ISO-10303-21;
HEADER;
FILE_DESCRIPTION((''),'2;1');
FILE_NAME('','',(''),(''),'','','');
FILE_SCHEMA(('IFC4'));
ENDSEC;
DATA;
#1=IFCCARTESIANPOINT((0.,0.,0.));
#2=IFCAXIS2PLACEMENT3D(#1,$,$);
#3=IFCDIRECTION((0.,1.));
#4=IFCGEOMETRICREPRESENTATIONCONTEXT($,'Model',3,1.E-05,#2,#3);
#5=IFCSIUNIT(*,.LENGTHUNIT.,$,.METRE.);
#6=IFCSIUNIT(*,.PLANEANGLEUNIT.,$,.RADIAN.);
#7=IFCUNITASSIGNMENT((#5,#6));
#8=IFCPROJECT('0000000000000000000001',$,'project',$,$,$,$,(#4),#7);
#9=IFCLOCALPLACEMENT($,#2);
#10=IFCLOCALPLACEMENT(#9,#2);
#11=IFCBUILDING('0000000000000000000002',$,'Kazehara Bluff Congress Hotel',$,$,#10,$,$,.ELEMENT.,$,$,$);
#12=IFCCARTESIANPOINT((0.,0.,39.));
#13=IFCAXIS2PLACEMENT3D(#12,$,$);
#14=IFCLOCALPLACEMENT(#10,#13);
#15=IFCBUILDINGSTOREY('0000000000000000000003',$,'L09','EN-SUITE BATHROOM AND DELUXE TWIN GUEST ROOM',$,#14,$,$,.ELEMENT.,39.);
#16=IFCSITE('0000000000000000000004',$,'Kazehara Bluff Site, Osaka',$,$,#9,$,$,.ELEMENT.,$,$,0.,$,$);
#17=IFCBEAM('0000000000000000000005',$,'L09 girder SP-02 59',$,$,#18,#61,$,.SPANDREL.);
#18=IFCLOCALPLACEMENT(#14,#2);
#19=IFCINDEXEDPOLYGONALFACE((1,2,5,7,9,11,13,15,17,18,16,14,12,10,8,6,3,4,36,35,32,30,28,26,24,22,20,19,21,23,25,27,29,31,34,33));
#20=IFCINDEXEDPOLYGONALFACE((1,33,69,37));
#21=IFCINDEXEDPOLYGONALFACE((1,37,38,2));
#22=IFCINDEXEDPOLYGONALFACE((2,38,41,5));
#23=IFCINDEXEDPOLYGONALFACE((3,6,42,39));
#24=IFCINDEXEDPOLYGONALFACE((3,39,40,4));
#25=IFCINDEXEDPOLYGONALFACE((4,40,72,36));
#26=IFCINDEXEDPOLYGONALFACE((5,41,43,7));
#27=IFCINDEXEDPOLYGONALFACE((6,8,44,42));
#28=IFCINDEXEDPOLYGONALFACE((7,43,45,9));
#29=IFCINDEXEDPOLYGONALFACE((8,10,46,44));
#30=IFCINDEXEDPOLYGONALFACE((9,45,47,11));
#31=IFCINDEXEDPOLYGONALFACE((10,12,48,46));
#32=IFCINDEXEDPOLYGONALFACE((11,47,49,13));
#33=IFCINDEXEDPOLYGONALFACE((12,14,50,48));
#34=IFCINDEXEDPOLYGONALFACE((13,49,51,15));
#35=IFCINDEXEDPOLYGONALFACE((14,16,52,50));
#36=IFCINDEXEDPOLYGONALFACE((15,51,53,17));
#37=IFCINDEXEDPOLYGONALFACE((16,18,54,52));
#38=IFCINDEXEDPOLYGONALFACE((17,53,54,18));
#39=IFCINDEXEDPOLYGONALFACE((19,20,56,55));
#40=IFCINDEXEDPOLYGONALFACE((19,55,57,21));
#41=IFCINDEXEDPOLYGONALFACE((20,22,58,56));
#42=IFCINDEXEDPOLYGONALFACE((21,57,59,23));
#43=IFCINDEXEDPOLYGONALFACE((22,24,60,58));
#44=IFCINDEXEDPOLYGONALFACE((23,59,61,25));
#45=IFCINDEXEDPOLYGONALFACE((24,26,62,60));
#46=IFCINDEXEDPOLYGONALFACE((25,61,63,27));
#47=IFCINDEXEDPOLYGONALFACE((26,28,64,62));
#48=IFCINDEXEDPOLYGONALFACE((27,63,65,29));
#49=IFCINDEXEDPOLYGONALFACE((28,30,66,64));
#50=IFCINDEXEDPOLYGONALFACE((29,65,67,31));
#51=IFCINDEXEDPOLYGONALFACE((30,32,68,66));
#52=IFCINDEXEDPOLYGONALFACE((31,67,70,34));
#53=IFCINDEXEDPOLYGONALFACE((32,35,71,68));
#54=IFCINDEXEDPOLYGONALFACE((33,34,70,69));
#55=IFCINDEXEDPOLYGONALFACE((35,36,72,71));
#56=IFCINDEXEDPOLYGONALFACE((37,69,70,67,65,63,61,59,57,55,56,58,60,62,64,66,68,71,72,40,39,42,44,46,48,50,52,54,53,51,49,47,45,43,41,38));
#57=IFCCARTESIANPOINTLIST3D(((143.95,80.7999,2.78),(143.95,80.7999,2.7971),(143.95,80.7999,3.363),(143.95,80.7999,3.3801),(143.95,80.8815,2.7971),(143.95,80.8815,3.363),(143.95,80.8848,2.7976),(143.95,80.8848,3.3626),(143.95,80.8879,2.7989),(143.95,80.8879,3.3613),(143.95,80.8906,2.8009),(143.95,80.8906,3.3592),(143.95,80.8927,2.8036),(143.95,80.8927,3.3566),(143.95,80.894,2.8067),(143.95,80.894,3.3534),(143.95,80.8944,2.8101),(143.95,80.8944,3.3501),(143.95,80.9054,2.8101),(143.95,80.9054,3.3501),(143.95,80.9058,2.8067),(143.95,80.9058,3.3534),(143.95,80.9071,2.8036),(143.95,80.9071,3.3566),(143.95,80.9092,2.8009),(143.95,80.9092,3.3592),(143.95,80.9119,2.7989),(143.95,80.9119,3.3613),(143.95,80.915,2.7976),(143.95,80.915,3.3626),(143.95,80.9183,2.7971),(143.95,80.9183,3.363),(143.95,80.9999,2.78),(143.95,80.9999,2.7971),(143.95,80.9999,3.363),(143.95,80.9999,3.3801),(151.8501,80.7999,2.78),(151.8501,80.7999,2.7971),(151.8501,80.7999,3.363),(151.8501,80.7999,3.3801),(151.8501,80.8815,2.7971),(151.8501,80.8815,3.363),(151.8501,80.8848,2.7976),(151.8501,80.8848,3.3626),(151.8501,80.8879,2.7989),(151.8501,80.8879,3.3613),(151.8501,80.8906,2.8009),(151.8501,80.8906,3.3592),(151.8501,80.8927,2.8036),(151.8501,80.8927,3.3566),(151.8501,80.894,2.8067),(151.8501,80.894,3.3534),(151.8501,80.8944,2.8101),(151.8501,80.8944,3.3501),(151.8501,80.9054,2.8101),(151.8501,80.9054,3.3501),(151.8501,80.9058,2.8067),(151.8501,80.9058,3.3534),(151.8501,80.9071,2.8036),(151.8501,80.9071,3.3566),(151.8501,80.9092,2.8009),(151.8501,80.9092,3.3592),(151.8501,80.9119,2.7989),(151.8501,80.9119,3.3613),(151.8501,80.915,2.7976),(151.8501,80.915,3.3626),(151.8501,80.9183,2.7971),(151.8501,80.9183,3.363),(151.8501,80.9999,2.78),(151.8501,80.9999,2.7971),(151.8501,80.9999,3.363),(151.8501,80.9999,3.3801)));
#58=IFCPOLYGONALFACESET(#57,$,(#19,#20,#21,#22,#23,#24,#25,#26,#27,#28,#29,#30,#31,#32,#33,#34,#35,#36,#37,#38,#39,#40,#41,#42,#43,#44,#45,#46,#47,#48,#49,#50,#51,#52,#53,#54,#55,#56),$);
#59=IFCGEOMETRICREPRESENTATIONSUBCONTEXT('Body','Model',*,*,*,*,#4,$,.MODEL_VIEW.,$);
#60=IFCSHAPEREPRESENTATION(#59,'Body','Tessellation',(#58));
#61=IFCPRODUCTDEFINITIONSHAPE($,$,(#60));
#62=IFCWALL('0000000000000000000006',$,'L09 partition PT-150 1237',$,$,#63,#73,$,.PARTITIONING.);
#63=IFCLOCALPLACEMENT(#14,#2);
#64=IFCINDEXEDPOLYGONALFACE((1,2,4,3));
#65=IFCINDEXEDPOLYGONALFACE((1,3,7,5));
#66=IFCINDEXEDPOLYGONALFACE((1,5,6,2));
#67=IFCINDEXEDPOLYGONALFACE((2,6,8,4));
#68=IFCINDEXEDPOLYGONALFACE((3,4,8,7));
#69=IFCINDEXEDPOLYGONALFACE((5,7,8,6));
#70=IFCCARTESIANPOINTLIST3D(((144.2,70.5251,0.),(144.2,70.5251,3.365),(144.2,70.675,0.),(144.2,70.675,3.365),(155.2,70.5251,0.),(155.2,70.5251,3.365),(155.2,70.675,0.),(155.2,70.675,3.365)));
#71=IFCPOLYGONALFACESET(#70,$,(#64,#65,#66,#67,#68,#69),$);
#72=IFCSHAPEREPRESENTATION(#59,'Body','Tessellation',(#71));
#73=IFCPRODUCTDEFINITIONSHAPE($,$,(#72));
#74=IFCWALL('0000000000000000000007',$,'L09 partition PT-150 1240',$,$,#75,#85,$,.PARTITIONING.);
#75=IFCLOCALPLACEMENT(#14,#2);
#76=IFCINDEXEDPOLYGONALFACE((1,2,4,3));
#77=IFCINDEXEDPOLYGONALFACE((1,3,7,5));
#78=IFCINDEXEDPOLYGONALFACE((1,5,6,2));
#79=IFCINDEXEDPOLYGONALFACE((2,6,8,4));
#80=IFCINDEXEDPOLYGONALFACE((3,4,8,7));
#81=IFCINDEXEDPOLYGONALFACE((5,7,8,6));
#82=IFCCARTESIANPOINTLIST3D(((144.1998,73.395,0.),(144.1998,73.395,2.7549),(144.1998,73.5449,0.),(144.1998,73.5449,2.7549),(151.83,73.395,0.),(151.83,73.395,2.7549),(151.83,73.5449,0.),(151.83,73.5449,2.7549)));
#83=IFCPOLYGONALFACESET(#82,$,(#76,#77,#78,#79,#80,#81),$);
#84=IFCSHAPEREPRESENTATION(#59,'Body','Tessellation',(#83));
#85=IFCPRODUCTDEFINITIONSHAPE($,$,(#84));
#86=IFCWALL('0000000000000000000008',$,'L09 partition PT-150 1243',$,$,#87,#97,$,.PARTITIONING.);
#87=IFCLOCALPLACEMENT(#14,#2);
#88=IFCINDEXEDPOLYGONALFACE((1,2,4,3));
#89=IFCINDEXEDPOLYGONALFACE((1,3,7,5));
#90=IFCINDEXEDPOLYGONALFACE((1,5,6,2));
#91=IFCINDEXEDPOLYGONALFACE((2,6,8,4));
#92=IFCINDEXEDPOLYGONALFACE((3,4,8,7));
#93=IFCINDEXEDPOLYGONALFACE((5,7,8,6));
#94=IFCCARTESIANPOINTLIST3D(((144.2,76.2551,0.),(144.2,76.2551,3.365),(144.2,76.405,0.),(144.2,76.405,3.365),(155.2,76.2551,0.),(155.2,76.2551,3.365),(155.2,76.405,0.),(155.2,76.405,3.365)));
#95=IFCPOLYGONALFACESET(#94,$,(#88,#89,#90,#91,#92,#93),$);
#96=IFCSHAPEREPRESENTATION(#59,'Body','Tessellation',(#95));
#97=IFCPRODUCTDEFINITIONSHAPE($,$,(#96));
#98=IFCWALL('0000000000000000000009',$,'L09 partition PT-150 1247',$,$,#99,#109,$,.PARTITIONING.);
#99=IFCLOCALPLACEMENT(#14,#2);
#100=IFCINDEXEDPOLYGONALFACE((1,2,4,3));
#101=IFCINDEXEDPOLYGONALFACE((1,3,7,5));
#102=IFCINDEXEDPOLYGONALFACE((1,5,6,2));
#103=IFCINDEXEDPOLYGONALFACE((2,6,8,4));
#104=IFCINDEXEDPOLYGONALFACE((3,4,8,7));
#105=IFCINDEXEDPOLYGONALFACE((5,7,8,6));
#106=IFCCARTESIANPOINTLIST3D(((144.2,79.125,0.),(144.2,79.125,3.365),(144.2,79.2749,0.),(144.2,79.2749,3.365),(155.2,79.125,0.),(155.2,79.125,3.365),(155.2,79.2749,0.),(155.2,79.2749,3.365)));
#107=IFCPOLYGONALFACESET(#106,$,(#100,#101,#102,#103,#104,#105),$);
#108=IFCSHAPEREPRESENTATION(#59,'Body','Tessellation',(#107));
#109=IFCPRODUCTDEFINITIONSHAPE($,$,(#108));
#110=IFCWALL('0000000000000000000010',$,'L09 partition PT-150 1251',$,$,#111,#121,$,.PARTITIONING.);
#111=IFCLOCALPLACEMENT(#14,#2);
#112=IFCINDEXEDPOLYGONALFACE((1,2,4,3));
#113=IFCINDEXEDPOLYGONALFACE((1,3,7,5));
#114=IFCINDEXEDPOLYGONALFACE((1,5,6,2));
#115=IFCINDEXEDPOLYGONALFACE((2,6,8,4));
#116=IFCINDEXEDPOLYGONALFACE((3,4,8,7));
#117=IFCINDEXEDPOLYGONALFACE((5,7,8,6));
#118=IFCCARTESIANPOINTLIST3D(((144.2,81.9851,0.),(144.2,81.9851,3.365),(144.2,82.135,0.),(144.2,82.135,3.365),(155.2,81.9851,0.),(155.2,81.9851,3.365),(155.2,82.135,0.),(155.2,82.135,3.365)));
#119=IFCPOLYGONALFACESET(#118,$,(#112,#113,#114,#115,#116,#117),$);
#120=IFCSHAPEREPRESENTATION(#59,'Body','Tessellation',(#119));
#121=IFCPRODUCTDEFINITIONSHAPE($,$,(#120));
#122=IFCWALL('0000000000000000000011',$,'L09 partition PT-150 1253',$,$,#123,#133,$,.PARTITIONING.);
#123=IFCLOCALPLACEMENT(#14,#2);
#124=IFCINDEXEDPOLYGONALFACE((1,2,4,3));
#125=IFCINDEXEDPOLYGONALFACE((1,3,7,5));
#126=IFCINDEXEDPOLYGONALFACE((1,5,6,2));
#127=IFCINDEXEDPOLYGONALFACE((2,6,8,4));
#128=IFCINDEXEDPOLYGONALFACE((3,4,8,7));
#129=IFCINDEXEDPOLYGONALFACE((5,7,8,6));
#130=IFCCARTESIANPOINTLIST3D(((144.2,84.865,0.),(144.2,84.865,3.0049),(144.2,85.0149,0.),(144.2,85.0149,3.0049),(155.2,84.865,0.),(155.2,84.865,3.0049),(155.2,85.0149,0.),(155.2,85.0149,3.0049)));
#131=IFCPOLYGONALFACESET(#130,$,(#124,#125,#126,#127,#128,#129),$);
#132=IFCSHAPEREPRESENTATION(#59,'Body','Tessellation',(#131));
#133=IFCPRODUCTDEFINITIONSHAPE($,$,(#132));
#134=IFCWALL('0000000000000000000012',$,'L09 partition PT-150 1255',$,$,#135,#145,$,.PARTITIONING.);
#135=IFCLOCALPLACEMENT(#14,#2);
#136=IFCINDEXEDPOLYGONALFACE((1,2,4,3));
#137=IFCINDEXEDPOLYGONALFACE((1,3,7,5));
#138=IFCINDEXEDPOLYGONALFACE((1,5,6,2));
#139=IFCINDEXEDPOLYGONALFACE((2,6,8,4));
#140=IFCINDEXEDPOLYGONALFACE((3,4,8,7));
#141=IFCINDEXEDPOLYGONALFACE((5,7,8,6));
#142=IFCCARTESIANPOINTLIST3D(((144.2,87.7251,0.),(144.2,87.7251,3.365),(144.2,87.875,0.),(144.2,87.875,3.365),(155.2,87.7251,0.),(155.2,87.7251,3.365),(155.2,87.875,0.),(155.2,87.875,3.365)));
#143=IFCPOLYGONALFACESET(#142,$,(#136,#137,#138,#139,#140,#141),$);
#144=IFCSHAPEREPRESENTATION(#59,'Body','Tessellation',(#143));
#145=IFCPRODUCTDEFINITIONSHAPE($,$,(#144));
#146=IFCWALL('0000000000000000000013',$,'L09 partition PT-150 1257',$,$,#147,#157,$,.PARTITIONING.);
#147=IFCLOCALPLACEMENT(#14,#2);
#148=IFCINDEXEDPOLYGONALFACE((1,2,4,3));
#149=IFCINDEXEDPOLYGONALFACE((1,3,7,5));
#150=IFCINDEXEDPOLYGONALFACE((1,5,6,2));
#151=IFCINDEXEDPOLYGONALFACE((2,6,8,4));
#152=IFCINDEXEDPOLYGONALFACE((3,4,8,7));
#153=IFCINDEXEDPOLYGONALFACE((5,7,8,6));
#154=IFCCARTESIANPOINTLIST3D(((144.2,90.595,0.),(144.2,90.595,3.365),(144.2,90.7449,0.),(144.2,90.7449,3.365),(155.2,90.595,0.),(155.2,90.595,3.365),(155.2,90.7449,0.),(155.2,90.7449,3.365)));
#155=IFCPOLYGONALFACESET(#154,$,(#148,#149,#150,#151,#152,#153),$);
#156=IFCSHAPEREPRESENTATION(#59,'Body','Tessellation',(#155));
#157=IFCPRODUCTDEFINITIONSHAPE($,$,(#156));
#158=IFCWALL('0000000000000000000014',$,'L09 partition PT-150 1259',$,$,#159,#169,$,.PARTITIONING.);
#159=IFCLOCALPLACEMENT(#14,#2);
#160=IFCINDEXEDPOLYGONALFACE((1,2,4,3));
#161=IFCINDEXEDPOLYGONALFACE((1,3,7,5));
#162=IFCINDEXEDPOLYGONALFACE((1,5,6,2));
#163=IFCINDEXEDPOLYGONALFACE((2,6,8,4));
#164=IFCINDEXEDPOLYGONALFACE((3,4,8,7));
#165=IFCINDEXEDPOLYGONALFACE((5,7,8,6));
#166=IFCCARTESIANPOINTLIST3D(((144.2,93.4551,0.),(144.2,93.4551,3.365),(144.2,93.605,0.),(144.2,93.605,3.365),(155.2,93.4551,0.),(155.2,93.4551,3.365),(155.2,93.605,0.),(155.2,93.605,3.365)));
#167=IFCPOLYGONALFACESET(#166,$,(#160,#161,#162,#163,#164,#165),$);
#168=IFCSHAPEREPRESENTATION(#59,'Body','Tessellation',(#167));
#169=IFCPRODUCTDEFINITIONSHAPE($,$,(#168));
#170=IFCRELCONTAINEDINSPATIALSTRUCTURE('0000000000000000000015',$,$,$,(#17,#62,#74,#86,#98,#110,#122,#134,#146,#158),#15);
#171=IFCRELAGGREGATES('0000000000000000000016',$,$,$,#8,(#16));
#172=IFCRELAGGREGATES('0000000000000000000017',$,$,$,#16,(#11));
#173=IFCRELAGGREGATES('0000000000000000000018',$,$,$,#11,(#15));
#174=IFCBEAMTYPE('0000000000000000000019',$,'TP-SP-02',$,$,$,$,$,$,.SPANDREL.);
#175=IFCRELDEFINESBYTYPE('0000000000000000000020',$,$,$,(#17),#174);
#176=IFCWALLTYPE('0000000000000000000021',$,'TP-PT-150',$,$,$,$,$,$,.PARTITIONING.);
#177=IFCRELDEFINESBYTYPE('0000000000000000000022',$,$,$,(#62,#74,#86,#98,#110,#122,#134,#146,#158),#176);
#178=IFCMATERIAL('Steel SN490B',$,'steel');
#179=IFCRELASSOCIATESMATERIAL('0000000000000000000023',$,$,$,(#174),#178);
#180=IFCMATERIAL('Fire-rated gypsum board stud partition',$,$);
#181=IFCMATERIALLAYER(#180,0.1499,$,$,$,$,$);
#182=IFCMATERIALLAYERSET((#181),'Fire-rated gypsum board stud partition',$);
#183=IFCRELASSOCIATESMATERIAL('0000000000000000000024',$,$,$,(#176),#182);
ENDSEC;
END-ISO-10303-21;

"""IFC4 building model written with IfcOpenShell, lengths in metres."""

from ifc_helpers import new_model, si_unit, direction, frame, frame_2d, origin, origin_2d, place, context, subcontext, project, spatial, rectangle, i_section, extrude, material, layer, layer_set, material_profile, profile_set, type_object, element, save


model = new_model("IFC4")

# Units and contexts
model_context = context("Model", 3, precision=1e-05, world=origin(), true_north=direction((0.0, 1.0)))
body_context = subcontext(model_context, "Body", "Model", "MODEL_VIEW")
ifc_project = project(units=[si_unit("LENGTHUNIT", "METRE"), si_unit("PLANEANGLEUNIT", "RADIAN")], contexts=[model_context])

# Site, building, storey
site_placement = place(None, origin())
site = spatial("IfcSite", under=ifc_project, at=site_placement, Name="Kazehara Bluff Site, Osaka", CompositionType="ELEMENT", RefElevation=0.0)
building_placement = place(site_placement, origin())
building = spatial("IfcBuilding", under=site, at=building_placement, Name="Kazehara Bluff Congress Hotel", CompositionType="ELEMENT")
storey_placement = place(building_placement, frame((0.0, 0.0, 39.0)))
storey = spatial("IfcBuildingStorey", under=building, at=storey_placement, Name="L09", Description="EN-SUITE BATHROOM AND DELUXE TWIN GUEST ROOM", CompositionType="ELEMENT", Elevation=39.0)

# Beam
ifc_material_1 = material(Name="Steel SN490B", Category="steel")
ifc_material_profile_1 = material_profile(ifc_material_1, i_section(OverallWidth=0.2, OverallDepth=0.6001, WebThickness=0.011, FlangeThickness=0.0171, FilletRadius=0.0129, at=origin_2d()))
ifc_profile_set_1 = profile_set([ifc_material_profile_1], Name="Steel SN490B")
beam_type_1 = type_object("IfcBeamType", Name="TP-SP-02", PredefinedType="SPANDREL", material=ifc_profile_set_1)
beam_placement = place(storey_placement, frame((143.95, 80.8999, 3.0801), z_axis=(1.0, 0.0, 0.0), x_axis=(0.0, 1.0, 0.0)))
element("IfcBeam", 1, at=beam_placement, inside=storey, type_object=beam_type_1, Name="L09 girder SP-02 59", PredefinedType="SPANDREL", context=body_context, shape_type="SweptSolid", body=[
    extrude(i_section(OverallWidth=0.2, OverallDepth=0.6001, WebThickness=0.011, FlangeThickness=0.0171, FilletRadius=0.0129, at=origin_2d()), origin(), (0.0, 0.0, 1.0), 7.9001),
])

# Walls
ifc_material_2 = material(Name="Fire-rated gypsum board stud partition")
ifc_layer_1 = layer(ifc_material_2, 0.1499)
ifc_layer_set_1 = layer_set([ifc_layer_1], Name="Fire-rated gypsum board stud partition")
wall_type = type_object("IfcWallType", Name="TP-PT-150", PredefinedType="PARTITIONING", material=ifc_layer_set_1)
wall_1_placement = place(storey_placement, frame((144.2, 70.6001, 0.0), z_axis=(0.0, 0.0, 1.0), x_axis=(1.0, 0.0, 0.0)))
element("IfcWall", 2, at=wall_1_placement, inside=storey, type_object=wall_type, Name="L09 partition PT-150 1237", PredefinedType="PARTITIONING", context=body_context, shape_type="SweptSolid", body=[
    extrude(rectangle(XDim=11.0, YDim=0.1499, at=frame_2d((5.5, 0.0))), origin(), (0.0, 0.0, 1.0), 3.365),
])
wall_2_placement = place(storey_placement, frame((144.2, 73.47, 0.0), z_axis=(0.0, 0.0, 1.0), x_axis=(1.0, 0.0, 0.0)))
element("IfcWall", 3, at=wall_2_placement, inside=storey, type_object=wall_type, Name="L09 partition PT-150 1240", PredefinedType="PARTITIONING", context=body_context, shape_type="SweptSolid", body=[
    extrude(rectangle(XDim=7.6301, YDim=0.1499, at=frame_2d((3.8149, 0.0))), origin(), (0.0, 0.0, 1.0), 2.7549),
])
for number, where, z_axis, x_axis, name in (
    (4, (144.2, 76.3301, 0.0), (0.0, 0.0, 1.0), (1.0, 0.0, 0.0), "L09 partition PT-150 1243"),
    (5, (144.2, 79.2, 0.0), (0.0, 0.0, 1.0), (1.0, 0.0, 0.0), "L09 partition PT-150 1247"),
    (6, (144.2, 82.0601, 0.0), (0.0, 0.0, 1.0), (1.0, 0.0, 0.0), "L09 partition PT-150 1251"),
):
    element("IfcWall", number, at=place(storey_placement, frame(where, z_axis=z_axis, x_axis=x_axis)), inside=storey, type_object=wall_type, Name=name, PredefinedType="PARTITIONING", context=body_context, shape_type="SweptSolid", body=[
        extrude(rectangle(XDim=11.0, YDim=0.1499, at=frame_2d((5.5, 0.0))), origin(), (0.0, 0.0, 1.0), 3.365),
    ])
wall_3_placement = place(storey_placement, frame((144.2, 84.9399, 0.0), z_axis=(0.0, 0.0, 1.0), x_axis=(1.0, 0.0, 0.0)))
element("IfcWall", 7, at=wall_3_placement, inside=storey, type_object=wall_type, Name="L09 partition PT-150 1253", PredefinedType="PARTITIONING", context=body_context, shape_type="SweptSolid", body=[
    extrude(rectangle(XDim=11.0, YDim=0.1499, at=frame_2d((5.5, 0.0))), origin(), (0.0, 0.0, 1.0), 3.0049),
])
for number, where, z_axis, x_axis, name in (
    (8, (144.2, 87.8, 0.0), (0.0, 0.0, 1.0), (1.0, 0.0, 0.0), "L09 partition PT-150 1255"),
    (9, (144.2, 90.6699, 0.0), (0.0, 0.0, 1.0), (1.0, 0.0, 0.0), "L09 partition PT-150 1257"),
    (10, (144.2, 93.53, 0.0), (0.0, 0.0, 1.0), (1.0, 0.0, 0.0), "L09 partition PT-150 1259"),
):
    element("IfcWall", number, at=place(storey_placement, frame(where, z_axis=z_axis, x_axis=x_axis)), inside=storey, type_object=wall_type, Name=name, PredefinedType="PARTITIONING", context=body_context, shape_type="SweptSolid", body=[
        extrude(rectangle(XDim=11.0, YDim=0.1499, at=frame_2d((5.5, 0.0))), origin(), (0.0, 0.0, 1.0), 3.365),
    ])

save(model, "model.ifc")
